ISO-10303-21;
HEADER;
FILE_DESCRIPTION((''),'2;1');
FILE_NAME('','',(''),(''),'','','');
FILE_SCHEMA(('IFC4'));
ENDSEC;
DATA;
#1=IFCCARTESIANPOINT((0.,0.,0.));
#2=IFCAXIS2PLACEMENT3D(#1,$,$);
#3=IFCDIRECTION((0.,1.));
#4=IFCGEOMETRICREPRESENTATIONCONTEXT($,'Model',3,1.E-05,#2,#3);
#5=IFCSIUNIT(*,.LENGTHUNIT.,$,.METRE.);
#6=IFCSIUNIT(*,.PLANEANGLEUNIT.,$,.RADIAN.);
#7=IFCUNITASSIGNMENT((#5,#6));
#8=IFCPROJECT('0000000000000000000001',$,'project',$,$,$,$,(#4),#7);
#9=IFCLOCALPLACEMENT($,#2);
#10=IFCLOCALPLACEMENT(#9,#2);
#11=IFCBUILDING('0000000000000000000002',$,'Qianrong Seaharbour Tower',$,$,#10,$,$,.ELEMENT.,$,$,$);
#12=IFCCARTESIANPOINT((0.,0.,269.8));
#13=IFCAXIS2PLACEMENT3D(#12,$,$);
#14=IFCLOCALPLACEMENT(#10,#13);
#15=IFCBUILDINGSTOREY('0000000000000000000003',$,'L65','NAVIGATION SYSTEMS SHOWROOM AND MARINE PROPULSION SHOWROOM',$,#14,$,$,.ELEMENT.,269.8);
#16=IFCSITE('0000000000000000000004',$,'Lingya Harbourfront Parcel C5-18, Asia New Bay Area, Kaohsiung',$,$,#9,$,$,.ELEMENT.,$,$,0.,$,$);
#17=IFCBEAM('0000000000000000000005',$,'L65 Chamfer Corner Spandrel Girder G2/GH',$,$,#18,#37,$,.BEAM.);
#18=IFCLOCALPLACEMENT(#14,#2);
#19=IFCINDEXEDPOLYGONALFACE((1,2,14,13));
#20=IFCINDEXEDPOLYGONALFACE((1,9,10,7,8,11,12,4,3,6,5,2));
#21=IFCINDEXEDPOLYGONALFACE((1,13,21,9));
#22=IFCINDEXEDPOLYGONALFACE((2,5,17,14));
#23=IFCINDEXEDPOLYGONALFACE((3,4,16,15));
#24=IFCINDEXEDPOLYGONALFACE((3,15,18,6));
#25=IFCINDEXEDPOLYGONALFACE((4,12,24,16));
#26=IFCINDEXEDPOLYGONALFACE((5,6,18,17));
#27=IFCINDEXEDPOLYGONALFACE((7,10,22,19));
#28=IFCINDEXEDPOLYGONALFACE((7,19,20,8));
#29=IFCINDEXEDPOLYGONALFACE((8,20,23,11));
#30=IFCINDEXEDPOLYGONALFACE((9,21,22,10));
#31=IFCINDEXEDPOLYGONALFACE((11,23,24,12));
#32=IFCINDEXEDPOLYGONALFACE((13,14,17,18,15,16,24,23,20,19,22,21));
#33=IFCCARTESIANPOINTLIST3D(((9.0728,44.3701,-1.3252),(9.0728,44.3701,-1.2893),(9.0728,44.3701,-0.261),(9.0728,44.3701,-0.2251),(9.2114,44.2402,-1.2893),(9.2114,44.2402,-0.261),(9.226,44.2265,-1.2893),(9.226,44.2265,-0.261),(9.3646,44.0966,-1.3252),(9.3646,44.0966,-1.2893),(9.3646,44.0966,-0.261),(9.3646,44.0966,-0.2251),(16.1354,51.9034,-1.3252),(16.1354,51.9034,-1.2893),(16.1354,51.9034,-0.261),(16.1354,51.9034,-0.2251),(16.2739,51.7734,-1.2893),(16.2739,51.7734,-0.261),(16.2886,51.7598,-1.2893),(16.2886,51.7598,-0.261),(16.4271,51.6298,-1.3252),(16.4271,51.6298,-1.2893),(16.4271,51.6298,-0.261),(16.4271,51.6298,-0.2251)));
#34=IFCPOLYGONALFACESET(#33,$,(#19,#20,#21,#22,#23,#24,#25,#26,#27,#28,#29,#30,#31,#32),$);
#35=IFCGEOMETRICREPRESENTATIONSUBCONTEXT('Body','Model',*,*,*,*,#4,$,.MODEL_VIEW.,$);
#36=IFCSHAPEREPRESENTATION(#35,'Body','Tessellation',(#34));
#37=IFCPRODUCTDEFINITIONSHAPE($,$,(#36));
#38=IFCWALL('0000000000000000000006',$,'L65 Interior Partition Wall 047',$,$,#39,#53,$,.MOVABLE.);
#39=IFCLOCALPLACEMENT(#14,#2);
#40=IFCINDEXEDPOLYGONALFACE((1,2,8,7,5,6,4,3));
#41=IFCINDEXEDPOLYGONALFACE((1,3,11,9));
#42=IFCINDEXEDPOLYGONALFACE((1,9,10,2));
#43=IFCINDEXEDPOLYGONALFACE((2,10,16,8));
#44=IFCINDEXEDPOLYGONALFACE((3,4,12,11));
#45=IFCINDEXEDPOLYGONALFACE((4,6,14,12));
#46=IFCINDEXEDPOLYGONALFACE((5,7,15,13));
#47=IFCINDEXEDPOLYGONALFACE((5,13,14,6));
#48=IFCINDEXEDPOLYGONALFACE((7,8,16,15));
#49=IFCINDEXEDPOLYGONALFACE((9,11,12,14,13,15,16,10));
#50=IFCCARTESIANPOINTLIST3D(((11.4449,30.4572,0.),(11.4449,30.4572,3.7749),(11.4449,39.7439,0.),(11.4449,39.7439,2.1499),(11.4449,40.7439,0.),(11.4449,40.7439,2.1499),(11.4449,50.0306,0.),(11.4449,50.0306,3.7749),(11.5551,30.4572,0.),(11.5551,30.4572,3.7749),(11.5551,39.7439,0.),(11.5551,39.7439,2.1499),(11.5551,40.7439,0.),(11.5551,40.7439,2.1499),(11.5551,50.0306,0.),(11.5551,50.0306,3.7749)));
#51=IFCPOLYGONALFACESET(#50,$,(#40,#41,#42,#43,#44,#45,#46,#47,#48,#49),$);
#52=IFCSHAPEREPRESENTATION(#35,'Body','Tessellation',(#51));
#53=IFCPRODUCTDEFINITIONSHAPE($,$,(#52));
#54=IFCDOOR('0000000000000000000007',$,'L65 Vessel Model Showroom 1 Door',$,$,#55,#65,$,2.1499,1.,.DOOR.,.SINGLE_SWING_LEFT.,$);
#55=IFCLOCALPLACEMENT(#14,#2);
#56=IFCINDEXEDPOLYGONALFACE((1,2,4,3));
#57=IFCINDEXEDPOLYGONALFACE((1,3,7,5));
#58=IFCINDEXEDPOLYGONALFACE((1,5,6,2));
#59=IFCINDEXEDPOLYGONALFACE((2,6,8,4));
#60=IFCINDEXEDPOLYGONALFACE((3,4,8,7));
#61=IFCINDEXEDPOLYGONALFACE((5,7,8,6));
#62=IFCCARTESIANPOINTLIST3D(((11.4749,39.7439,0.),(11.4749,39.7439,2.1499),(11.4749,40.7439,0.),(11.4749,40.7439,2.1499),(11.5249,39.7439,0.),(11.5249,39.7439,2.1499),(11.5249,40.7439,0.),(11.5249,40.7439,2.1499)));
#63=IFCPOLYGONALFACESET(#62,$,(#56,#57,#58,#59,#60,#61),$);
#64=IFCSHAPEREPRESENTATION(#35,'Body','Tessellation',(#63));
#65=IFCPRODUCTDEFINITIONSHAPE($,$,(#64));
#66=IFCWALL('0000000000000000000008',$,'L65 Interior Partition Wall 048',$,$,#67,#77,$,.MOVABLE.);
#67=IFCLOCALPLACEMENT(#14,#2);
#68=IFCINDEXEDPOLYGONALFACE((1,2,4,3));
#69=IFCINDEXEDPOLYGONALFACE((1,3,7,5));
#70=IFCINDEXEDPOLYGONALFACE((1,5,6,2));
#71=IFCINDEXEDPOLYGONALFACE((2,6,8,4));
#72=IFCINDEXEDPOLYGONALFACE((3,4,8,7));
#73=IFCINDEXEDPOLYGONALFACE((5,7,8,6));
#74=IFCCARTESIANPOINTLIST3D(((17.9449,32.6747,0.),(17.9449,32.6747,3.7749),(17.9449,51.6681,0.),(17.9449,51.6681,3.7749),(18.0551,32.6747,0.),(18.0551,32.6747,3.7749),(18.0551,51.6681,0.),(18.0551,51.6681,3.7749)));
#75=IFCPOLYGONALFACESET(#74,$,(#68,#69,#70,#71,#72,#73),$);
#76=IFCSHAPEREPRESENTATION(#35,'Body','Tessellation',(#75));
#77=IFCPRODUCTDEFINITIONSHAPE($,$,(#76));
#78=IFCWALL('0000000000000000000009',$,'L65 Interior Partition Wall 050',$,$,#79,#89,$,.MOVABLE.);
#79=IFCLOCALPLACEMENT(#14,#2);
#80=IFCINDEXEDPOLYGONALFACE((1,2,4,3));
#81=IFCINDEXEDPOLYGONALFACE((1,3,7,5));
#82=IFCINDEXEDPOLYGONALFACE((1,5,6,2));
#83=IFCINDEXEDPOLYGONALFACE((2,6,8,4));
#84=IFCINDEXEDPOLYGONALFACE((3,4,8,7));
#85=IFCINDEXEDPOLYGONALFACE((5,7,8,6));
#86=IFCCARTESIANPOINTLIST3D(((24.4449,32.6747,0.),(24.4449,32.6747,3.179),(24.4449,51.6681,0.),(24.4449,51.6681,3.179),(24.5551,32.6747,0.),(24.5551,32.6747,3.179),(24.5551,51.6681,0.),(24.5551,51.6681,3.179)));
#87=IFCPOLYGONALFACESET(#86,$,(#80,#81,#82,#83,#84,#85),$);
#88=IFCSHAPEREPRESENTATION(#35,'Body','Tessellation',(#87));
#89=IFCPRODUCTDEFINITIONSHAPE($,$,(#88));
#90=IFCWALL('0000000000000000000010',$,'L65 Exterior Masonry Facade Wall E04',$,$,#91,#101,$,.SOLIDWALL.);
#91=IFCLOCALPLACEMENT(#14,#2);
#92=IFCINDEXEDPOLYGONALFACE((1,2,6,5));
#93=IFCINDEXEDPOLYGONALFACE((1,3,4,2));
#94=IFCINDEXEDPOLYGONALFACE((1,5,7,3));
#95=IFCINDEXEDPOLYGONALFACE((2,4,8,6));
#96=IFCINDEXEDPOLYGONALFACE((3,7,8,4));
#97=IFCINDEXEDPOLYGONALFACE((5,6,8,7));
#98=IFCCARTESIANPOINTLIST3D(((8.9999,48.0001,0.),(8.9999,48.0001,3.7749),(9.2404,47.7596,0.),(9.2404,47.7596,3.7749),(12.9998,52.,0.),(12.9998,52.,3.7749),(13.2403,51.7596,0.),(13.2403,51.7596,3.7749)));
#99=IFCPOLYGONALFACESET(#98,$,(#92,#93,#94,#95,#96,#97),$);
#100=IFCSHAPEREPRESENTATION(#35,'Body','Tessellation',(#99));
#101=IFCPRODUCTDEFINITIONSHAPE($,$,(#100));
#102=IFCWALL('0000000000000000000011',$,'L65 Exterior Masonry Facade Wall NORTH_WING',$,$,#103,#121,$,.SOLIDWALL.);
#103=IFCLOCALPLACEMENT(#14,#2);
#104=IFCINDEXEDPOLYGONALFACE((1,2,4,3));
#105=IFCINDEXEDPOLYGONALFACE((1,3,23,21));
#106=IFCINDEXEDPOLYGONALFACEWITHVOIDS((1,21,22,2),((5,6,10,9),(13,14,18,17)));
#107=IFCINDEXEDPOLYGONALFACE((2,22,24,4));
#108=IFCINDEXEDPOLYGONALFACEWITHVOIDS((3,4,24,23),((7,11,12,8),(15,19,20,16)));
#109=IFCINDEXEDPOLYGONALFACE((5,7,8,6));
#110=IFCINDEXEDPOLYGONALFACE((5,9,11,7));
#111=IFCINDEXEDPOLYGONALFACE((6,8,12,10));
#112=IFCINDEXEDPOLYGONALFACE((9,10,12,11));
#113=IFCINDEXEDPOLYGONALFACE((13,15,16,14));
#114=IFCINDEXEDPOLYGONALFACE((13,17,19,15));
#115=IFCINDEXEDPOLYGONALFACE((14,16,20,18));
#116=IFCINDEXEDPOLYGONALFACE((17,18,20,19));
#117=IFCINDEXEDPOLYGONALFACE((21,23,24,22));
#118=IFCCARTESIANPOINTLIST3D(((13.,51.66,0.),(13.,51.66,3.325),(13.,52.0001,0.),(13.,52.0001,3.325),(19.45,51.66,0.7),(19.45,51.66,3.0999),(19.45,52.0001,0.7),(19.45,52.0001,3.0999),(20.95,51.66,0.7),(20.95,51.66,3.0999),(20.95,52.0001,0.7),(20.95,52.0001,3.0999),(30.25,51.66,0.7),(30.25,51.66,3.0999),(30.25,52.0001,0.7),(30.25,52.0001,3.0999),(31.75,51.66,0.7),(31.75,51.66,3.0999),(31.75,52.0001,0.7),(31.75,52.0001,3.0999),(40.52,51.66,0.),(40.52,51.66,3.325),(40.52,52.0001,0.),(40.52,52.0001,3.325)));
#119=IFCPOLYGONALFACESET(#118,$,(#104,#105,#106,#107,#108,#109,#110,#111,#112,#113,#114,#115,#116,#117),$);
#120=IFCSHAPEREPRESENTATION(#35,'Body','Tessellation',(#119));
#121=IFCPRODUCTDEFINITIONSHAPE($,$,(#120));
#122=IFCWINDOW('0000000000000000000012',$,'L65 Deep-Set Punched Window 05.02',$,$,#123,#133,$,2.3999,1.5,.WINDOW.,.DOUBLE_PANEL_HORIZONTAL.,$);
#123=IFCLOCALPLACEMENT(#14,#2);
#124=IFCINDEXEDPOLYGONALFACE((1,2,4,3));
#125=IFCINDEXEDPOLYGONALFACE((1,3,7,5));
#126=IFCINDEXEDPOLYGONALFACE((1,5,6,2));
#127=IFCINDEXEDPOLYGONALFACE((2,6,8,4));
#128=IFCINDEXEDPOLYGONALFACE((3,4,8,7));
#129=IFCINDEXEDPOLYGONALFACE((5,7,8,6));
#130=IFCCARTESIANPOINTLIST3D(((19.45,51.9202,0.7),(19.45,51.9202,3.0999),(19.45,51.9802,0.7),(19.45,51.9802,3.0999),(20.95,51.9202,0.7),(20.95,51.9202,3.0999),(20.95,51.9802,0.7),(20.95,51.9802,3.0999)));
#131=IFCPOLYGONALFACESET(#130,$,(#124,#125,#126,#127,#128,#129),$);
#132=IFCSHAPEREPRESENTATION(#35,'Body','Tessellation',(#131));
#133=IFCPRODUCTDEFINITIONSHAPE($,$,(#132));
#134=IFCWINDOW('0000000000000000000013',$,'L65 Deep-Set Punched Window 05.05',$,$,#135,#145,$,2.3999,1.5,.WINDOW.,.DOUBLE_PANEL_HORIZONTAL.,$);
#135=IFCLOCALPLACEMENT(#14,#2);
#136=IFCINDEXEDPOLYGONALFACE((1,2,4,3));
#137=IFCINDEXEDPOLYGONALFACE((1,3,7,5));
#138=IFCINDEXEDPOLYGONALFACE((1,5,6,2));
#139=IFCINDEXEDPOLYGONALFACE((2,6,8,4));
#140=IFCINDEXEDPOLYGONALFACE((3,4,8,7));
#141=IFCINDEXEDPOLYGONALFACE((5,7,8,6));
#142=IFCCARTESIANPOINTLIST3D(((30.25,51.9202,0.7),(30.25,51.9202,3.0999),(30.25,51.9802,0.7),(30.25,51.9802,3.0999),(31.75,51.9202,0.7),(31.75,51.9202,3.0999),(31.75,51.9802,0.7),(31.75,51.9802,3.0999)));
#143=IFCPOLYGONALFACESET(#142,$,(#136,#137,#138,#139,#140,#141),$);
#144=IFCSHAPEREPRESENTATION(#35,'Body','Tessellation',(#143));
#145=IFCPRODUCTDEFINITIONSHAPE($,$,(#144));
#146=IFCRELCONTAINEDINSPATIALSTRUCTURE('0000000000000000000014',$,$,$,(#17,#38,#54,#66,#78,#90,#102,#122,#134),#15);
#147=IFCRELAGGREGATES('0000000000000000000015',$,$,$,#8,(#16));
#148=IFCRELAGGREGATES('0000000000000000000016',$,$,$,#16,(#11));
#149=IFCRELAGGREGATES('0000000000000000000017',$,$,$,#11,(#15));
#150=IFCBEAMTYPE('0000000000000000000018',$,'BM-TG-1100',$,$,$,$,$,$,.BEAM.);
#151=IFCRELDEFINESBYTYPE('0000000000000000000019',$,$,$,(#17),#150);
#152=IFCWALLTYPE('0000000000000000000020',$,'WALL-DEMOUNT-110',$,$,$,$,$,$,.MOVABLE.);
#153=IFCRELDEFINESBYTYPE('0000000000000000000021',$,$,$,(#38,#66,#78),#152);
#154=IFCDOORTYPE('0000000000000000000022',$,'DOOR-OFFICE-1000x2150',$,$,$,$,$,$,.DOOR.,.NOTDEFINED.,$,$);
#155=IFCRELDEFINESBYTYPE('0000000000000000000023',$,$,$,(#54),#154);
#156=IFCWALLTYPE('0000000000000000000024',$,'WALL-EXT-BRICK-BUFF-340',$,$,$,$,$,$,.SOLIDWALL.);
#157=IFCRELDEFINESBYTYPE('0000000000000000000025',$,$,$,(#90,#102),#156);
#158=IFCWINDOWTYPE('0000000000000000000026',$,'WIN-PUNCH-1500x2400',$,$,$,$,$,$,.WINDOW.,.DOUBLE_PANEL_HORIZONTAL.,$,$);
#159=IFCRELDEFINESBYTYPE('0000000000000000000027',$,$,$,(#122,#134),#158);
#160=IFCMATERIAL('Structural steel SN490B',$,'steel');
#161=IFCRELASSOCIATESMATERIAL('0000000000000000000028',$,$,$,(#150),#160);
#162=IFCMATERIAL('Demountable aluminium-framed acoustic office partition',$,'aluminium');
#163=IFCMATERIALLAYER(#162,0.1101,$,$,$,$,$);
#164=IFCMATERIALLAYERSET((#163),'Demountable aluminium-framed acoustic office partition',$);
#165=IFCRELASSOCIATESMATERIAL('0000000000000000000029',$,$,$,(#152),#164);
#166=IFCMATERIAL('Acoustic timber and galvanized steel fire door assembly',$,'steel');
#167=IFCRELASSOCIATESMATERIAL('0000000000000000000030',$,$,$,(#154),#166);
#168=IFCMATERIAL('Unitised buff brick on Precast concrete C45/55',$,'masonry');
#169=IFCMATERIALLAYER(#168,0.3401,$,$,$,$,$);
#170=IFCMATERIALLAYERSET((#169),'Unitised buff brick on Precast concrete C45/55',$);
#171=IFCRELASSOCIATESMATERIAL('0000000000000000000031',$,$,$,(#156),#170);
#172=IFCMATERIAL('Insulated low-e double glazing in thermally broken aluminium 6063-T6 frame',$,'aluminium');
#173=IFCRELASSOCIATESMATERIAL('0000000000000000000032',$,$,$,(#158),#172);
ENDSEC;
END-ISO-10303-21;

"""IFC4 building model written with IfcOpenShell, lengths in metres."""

from ifc_helpers import new_model, si_unit, direction, frame, frame_2d, origin, origin_2d, place, context, subcontext, project, spatial, rectangle, i_section, extrude, material, layer, layer_set, material_profile, profile_set, type_object, element, fill, save


model = new_model("IFC4")

# Units and contexts
model_context = context("Model", 3, precision=1e-05, world=origin(), true_north=direction((0.0, 1.0)))
body_context = subcontext(model_context, "Body", "Model", "MODEL_VIEW")
ifc_project = project(units=[si_unit("LENGTHUNIT", "METRE"), si_unit("PLANEANGLEUNIT", "RADIAN")], contexts=[model_context])

# Site, building, storey
site_placement = place(None, origin())
site = spatial("IfcSite", under=ifc_project, at=site_placement, Name="Lingya Harbourfront Parcel C5-18, Asia New Bay Area, Kaohsiung", CompositionType="ELEMENT", RefElevation=0.0)
building_placement = place(site_placement, origin())
building = spatial("IfcBuilding", under=site, at=building_placement, Name="Qianrong Seaharbour Tower", CompositionType="ELEMENT")
storey_placement = place(building_placement, frame((0.0, 0.0, 269.8)))
storey = spatial("IfcBuildingStorey", under=building, at=storey_placement, Name="L65", Description="NAVIGATION SYSTEMS SHOWROOM AND MARINE PROPULSION SHOWROOM", CompositionType="ELEMENT", Elevation=269.8)

# Shared definitions
ifc_material_1 = material(Name="Structural steel SN490B", Category="steel")

# Beam
ifc_material_profile_1 = material_profile(ifc_material_1, i_section(OverallWidth=0.3999, OverallDepth=1.1001, WebThickness=0.02, FlangeThickness=0.0359, at=origin_2d()), Name="BH1100x400x20x36")
ifc_profile_set_1 = profile_set([ifc_material_profile_1], Name="Structural steel SN490B")
beam_type_1 = type_object("IfcBeamType", Name="BM-TG-1100", PredefinedType="BEAM", material=ifc_profile_set_1)
beam_1_placement = place(storey_placement, frame((16.2812, 51.7666, -0.7751), z_axis=(-0.683947, -0.729531, 0.0), x_axis=(0.729531, -0.683947, 0.0)))
element("IfcBeam", 1, at=beam_1_placement, inside=storey, type_object=beam_type_1, Name="L65 Chamfer Corner Spandrel Girder G2/GH", PredefinedType="BEAM", context=body_context, shape_type="SweptSolid", body=[
    extrude(i_section(OverallWidth=0.3999, OverallDepth=1.1001, WebThickness=0.02, FlangeThickness=0.0359, at=origin_2d()), origin(), (0.0, 0.0, 1.0), 10.3262),
])

# Wall, opening, door
ifc_material_2 = material(Name="Demountable aluminium-framed acoustic office partition", Category="aluminium")
ifc_layer_1 = layer(ifc_material_2, 0.1101)
ifc_layer_set_1 = layer_set([ifc_layer_1], Name="Demountable aluminium-framed acoustic office partition")
wall_type_1 = type_object("IfcWallType", Name="WALL-DEMOUNT-110", PredefinedType="MOVABLE", material=ifc_layer_set_1)
wall_1_placement = place(storey_placement, frame((11.5, 50.0305, 0.0), z_axis=(0.0, 0.0, 1.0), x_axis=(0.0, -1.0, 0.0)))
wall_1 = element("IfcWall", 2, at=wall_1_placement, inside=storey, type_object=wall_type_1, Name="L65 Interior Partition Wall 047", PredefinedType="MOVABLE", context=body_context, shape_type="SweptSolid", body=[
    extrude(rectangle(XDim=19.5735, YDim=0.1101, at=frame_2d((9.7866, 0.0))), origin(), (0.0, 0.0, 1.0), 3.7749),
])
opening_1_placement = place(wall_1_placement, frame((9.2866, 0.0, 0.0)))
opening_1 = element("IfcOpeningElement", 3, at=opening_1_placement, cuts=wall_1, PredefinedType="OPENING", context=body_context, shape_type="SweptSolid", body=[
    extrude(rectangle(XDim=1.0, YDim=2.1499, at=frame_2d((0.5, 1.075))), frame((0.0, 0.0649, 0.0), z_axis=(0.0, -1.0, 0.0), x_axis=(1.0, 0.0, 0.0)), (0.0, 0.0, 1.0), 0.1301),
])
ifc_material_3 = material(Name="Acoustic timber and galvanized steel fire door assembly", Category="steel")
door_type = type_object("IfcDoorType", Name="DOOR-OFFICE-1000x2150", OperationType="NOTDEFINED", PredefinedType="DOOR", material=ifc_material_3)
door_placement = place(opening_1_placement, origin())
door = element("IfcDoor", 4, at=door_placement, inside=storey, type_object=door_type, Name="L65 Vessel Model Showroom 1 Door", OperationType="SINGLE_SWING_LEFT", OverallHeight=2.1499, OverallWidth=1.0, PredefinedType="DOOR", context=body_context, shape_type="SweptSolid", body=[
    extrude(rectangle(XDim=1.0, YDim=2.1499, at=frame_2d((0.5, 1.075))), frame((0.0, 0.0249, 0.0), z_axis=(0.0, -1.0, 0.0), x_axis=(1.0, 0.0, 0.0)), (0.0, 0.0, 1.0), 0.05),
])
fill(opening_1, door)

# Walls
wall_2_placement = place(storey_placement, frame((18.0, 51.668, 0.0), z_axis=(0.0, 0.0, 1.0), x_axis=(0.0, -1.0, 0.0)))
element("IfcWall", 5, at=wall_2_placement, inside=storey, type_object=wall_type_1, Name="L65 Interior Partition Wall 048", PredefinedType="MOVABLE", context=body_context, shape_type="SweptSolid", body=[
    extrude(rectangle(XDim=18.9934, YDim=0.1101, at=frame_2d((9.4966, 0.0))), origin(), (0.0, 0.0, 1.0), 3.7749),
])
wall_3_placement = place(storey_placement, frame((24.5, 51.668, 0.0), z_axis=(0.0, 0.0, 1.0), x_axis=(0.0, -1.0, 0.0)))
element("IfcWall", 6, at=wall_3_placement, inside=storey, type_object=wall_type_1, Name="L65 Interior Partition Wall 050", PredefinedType="MOVABLE", context=body_context, shape_type="SweptSolid", body=[
    extrude(rectangle(XDim=18.9934, YDim=0.1101, at=frame_2d((9.4966, 0.0))), origin(), (0.0, 0.0, 1.0), 3.179),
])
ifc_material_4 = material(Name="Unitised buff brick on Precast concrete C45/55", Category="masonry")
ifc_layer_2 = layer(ifc_material_4, 0.3401)
ifc_layer_set_2 = layer_set([ifc_layer_2], Name="Unitised buff brick on Precast concrete C45/55")
wall_type_2 = type_object("IfcWallType", Name="WALL-EXT-BRICK-BUFF-340", PredefinedType="SOLIDWALL", material=ifc_layer_set_2)
wall_4_placement = place(storey_placement, frame((9.1201, 47.8799, 0.0), z_axis=(0.0, 0.0, 1.0), x_axis=(0.707107, 0.707107, 0.0)))
element("IfcWall", 7, at=wall_4_placement, inside=storey, type_object=wall_type_2, Name="L65 Exterior Masonry Facade Wall E04", PredefinedType="SOLIDWALL", context=body_context, shape_type="SweptSolid", body=[
    extrude(rectangle(XDim=5.6567, YDim=0.3401, at=frame_2d((2.8284, 0.0))), origin(), (0.0, 0.0, 1.0), 3.7749),
])

# Wall, openings, windows
wall_5_placement = place(storey_placement, frame((13.0, 51.8301, 0.0), z_axis=(0.0, 0.0, 1.0), x_axis=(1.0, 0.0, 0.0)))
wall_5 = element("IfcWall", 8, at=wall_5_placement, inside=storey, type_object=wall_type_2, Name="L65 Exterior Masonry Facade Wall NORTH_WING", PredefinedType="SOLIDWALL", context=body_context, shape_type="SweptSolid", body=[
    extrude(rectangle(XDim=27.52, YDim=0.3401, at=frame_2d((13.76, 0.0))), origin(), (0.0, 0.0, 1.0), 3.325),
])
opening_2_placement = place(wall_5_placement, frame((6.45, 0.0, 0.7)))
opening_2 = element("IfcOpeningElement", 9, at=opening_2_placement, cuts=wall_5, PredefinedType="OPENING", context=body_context, shape_type="SweptSolid", body=[
    extrude(rectangle(XDim=1.5, YDim=2.3999, at=frame_2d((0.75, 1.2))), frame((0.0, 0.1802, 0.0), z_axis=(0.0, -1.0, 0.0), x_axis=(1.0, 0.0, 0.0)), (0.0, 0.0, 1.0), 0.3601),
])
opening_3_placement = place(wall_5_placement, frame((17.25, 0.0, 0.7)))
opening_3 = element("IfcOpeningElement", 10, at=opening_3_placement, cuts=wall_5, PredefinedType="OPENING", context=body_context, shape_type="SweptSolid", body=[
    extrude(rectangle(XDim=1.5, YDim=2.3999, at=frame_2d((0.75, 1.2))), frame((0.0, 0.1802, 0.0), z_axis=(0.0, -1.0, 0.0), x_axis=(1.0, 0.0, 0.0)), (0.0, 0.0, 1.0), 0.3601),
])
ifc_material_5 = material(Name="Insulated low-e double glazing in thermally broken aluminium 6063-T6 frame", Category="aluminium")
window_type = type_object("IfcWindowType", Name="WIN-PUNCH-1500x2400", PartitioningType="DOUBLE_PANEL_HORIZONTAL", PredefinedType="WINDOW", material=ifc_material_5)
window_1_placement = place(opening_2_placement, origin())
window_1 = element("IfcWindow", 11, at=window_1_placement, inside=storey, type_object=window_type, Name="L65 Deep-Set Punched Window 05.02", OverallHeight=2.3999, OverallWidth=1.5, PartitioningType="DOUBLE_PANEL_HORIZONTAL", PredefinedType="WINDOW", context=body_context, shape_type="SweptSolid", body=[
    extrude(rectangle(XDim=1.5, YDim=2.3999, at=frame_2d((0.75, 1.2))), frame((0.0, 0.1501, 0.0), z_axis=(0.0, -1.0, 0.0), x_axis=(1.0, 0.0, 0.0)), (0.0, 0.0, 1.0), 0.0601),
])
fill(opening_2, window_1)
window_2_placement = place(opening_3_placement, origin())
window_2 = element("IfcWindow", 12, at=window_2_placement, inside=storey, type_object=window_type, Name="L65 Deep-Set Punched Window 05.05", OverallHeight=2.3999, OverallWidth=1.5, PartitioningType="DOUBLE_PANEL_HORIZONTAL", PredefinedType="WINDOW", context=body_context, shape_type="SweptSolid", body=[
    extrude(rectangle(XDim=1.5, YDim=2.3999, at=frame_2d((0.75, 1.2))), frame((0.0, 0.1501, 0.0), z_axis=(0.0, -1.0, 0.0), x_axis=(1.0, 0.0, 0.0)), (0.0, 0.0, 1.0), 0.0601),
])
fill(opening_3, window_2)

save(model, "model.ifc")
